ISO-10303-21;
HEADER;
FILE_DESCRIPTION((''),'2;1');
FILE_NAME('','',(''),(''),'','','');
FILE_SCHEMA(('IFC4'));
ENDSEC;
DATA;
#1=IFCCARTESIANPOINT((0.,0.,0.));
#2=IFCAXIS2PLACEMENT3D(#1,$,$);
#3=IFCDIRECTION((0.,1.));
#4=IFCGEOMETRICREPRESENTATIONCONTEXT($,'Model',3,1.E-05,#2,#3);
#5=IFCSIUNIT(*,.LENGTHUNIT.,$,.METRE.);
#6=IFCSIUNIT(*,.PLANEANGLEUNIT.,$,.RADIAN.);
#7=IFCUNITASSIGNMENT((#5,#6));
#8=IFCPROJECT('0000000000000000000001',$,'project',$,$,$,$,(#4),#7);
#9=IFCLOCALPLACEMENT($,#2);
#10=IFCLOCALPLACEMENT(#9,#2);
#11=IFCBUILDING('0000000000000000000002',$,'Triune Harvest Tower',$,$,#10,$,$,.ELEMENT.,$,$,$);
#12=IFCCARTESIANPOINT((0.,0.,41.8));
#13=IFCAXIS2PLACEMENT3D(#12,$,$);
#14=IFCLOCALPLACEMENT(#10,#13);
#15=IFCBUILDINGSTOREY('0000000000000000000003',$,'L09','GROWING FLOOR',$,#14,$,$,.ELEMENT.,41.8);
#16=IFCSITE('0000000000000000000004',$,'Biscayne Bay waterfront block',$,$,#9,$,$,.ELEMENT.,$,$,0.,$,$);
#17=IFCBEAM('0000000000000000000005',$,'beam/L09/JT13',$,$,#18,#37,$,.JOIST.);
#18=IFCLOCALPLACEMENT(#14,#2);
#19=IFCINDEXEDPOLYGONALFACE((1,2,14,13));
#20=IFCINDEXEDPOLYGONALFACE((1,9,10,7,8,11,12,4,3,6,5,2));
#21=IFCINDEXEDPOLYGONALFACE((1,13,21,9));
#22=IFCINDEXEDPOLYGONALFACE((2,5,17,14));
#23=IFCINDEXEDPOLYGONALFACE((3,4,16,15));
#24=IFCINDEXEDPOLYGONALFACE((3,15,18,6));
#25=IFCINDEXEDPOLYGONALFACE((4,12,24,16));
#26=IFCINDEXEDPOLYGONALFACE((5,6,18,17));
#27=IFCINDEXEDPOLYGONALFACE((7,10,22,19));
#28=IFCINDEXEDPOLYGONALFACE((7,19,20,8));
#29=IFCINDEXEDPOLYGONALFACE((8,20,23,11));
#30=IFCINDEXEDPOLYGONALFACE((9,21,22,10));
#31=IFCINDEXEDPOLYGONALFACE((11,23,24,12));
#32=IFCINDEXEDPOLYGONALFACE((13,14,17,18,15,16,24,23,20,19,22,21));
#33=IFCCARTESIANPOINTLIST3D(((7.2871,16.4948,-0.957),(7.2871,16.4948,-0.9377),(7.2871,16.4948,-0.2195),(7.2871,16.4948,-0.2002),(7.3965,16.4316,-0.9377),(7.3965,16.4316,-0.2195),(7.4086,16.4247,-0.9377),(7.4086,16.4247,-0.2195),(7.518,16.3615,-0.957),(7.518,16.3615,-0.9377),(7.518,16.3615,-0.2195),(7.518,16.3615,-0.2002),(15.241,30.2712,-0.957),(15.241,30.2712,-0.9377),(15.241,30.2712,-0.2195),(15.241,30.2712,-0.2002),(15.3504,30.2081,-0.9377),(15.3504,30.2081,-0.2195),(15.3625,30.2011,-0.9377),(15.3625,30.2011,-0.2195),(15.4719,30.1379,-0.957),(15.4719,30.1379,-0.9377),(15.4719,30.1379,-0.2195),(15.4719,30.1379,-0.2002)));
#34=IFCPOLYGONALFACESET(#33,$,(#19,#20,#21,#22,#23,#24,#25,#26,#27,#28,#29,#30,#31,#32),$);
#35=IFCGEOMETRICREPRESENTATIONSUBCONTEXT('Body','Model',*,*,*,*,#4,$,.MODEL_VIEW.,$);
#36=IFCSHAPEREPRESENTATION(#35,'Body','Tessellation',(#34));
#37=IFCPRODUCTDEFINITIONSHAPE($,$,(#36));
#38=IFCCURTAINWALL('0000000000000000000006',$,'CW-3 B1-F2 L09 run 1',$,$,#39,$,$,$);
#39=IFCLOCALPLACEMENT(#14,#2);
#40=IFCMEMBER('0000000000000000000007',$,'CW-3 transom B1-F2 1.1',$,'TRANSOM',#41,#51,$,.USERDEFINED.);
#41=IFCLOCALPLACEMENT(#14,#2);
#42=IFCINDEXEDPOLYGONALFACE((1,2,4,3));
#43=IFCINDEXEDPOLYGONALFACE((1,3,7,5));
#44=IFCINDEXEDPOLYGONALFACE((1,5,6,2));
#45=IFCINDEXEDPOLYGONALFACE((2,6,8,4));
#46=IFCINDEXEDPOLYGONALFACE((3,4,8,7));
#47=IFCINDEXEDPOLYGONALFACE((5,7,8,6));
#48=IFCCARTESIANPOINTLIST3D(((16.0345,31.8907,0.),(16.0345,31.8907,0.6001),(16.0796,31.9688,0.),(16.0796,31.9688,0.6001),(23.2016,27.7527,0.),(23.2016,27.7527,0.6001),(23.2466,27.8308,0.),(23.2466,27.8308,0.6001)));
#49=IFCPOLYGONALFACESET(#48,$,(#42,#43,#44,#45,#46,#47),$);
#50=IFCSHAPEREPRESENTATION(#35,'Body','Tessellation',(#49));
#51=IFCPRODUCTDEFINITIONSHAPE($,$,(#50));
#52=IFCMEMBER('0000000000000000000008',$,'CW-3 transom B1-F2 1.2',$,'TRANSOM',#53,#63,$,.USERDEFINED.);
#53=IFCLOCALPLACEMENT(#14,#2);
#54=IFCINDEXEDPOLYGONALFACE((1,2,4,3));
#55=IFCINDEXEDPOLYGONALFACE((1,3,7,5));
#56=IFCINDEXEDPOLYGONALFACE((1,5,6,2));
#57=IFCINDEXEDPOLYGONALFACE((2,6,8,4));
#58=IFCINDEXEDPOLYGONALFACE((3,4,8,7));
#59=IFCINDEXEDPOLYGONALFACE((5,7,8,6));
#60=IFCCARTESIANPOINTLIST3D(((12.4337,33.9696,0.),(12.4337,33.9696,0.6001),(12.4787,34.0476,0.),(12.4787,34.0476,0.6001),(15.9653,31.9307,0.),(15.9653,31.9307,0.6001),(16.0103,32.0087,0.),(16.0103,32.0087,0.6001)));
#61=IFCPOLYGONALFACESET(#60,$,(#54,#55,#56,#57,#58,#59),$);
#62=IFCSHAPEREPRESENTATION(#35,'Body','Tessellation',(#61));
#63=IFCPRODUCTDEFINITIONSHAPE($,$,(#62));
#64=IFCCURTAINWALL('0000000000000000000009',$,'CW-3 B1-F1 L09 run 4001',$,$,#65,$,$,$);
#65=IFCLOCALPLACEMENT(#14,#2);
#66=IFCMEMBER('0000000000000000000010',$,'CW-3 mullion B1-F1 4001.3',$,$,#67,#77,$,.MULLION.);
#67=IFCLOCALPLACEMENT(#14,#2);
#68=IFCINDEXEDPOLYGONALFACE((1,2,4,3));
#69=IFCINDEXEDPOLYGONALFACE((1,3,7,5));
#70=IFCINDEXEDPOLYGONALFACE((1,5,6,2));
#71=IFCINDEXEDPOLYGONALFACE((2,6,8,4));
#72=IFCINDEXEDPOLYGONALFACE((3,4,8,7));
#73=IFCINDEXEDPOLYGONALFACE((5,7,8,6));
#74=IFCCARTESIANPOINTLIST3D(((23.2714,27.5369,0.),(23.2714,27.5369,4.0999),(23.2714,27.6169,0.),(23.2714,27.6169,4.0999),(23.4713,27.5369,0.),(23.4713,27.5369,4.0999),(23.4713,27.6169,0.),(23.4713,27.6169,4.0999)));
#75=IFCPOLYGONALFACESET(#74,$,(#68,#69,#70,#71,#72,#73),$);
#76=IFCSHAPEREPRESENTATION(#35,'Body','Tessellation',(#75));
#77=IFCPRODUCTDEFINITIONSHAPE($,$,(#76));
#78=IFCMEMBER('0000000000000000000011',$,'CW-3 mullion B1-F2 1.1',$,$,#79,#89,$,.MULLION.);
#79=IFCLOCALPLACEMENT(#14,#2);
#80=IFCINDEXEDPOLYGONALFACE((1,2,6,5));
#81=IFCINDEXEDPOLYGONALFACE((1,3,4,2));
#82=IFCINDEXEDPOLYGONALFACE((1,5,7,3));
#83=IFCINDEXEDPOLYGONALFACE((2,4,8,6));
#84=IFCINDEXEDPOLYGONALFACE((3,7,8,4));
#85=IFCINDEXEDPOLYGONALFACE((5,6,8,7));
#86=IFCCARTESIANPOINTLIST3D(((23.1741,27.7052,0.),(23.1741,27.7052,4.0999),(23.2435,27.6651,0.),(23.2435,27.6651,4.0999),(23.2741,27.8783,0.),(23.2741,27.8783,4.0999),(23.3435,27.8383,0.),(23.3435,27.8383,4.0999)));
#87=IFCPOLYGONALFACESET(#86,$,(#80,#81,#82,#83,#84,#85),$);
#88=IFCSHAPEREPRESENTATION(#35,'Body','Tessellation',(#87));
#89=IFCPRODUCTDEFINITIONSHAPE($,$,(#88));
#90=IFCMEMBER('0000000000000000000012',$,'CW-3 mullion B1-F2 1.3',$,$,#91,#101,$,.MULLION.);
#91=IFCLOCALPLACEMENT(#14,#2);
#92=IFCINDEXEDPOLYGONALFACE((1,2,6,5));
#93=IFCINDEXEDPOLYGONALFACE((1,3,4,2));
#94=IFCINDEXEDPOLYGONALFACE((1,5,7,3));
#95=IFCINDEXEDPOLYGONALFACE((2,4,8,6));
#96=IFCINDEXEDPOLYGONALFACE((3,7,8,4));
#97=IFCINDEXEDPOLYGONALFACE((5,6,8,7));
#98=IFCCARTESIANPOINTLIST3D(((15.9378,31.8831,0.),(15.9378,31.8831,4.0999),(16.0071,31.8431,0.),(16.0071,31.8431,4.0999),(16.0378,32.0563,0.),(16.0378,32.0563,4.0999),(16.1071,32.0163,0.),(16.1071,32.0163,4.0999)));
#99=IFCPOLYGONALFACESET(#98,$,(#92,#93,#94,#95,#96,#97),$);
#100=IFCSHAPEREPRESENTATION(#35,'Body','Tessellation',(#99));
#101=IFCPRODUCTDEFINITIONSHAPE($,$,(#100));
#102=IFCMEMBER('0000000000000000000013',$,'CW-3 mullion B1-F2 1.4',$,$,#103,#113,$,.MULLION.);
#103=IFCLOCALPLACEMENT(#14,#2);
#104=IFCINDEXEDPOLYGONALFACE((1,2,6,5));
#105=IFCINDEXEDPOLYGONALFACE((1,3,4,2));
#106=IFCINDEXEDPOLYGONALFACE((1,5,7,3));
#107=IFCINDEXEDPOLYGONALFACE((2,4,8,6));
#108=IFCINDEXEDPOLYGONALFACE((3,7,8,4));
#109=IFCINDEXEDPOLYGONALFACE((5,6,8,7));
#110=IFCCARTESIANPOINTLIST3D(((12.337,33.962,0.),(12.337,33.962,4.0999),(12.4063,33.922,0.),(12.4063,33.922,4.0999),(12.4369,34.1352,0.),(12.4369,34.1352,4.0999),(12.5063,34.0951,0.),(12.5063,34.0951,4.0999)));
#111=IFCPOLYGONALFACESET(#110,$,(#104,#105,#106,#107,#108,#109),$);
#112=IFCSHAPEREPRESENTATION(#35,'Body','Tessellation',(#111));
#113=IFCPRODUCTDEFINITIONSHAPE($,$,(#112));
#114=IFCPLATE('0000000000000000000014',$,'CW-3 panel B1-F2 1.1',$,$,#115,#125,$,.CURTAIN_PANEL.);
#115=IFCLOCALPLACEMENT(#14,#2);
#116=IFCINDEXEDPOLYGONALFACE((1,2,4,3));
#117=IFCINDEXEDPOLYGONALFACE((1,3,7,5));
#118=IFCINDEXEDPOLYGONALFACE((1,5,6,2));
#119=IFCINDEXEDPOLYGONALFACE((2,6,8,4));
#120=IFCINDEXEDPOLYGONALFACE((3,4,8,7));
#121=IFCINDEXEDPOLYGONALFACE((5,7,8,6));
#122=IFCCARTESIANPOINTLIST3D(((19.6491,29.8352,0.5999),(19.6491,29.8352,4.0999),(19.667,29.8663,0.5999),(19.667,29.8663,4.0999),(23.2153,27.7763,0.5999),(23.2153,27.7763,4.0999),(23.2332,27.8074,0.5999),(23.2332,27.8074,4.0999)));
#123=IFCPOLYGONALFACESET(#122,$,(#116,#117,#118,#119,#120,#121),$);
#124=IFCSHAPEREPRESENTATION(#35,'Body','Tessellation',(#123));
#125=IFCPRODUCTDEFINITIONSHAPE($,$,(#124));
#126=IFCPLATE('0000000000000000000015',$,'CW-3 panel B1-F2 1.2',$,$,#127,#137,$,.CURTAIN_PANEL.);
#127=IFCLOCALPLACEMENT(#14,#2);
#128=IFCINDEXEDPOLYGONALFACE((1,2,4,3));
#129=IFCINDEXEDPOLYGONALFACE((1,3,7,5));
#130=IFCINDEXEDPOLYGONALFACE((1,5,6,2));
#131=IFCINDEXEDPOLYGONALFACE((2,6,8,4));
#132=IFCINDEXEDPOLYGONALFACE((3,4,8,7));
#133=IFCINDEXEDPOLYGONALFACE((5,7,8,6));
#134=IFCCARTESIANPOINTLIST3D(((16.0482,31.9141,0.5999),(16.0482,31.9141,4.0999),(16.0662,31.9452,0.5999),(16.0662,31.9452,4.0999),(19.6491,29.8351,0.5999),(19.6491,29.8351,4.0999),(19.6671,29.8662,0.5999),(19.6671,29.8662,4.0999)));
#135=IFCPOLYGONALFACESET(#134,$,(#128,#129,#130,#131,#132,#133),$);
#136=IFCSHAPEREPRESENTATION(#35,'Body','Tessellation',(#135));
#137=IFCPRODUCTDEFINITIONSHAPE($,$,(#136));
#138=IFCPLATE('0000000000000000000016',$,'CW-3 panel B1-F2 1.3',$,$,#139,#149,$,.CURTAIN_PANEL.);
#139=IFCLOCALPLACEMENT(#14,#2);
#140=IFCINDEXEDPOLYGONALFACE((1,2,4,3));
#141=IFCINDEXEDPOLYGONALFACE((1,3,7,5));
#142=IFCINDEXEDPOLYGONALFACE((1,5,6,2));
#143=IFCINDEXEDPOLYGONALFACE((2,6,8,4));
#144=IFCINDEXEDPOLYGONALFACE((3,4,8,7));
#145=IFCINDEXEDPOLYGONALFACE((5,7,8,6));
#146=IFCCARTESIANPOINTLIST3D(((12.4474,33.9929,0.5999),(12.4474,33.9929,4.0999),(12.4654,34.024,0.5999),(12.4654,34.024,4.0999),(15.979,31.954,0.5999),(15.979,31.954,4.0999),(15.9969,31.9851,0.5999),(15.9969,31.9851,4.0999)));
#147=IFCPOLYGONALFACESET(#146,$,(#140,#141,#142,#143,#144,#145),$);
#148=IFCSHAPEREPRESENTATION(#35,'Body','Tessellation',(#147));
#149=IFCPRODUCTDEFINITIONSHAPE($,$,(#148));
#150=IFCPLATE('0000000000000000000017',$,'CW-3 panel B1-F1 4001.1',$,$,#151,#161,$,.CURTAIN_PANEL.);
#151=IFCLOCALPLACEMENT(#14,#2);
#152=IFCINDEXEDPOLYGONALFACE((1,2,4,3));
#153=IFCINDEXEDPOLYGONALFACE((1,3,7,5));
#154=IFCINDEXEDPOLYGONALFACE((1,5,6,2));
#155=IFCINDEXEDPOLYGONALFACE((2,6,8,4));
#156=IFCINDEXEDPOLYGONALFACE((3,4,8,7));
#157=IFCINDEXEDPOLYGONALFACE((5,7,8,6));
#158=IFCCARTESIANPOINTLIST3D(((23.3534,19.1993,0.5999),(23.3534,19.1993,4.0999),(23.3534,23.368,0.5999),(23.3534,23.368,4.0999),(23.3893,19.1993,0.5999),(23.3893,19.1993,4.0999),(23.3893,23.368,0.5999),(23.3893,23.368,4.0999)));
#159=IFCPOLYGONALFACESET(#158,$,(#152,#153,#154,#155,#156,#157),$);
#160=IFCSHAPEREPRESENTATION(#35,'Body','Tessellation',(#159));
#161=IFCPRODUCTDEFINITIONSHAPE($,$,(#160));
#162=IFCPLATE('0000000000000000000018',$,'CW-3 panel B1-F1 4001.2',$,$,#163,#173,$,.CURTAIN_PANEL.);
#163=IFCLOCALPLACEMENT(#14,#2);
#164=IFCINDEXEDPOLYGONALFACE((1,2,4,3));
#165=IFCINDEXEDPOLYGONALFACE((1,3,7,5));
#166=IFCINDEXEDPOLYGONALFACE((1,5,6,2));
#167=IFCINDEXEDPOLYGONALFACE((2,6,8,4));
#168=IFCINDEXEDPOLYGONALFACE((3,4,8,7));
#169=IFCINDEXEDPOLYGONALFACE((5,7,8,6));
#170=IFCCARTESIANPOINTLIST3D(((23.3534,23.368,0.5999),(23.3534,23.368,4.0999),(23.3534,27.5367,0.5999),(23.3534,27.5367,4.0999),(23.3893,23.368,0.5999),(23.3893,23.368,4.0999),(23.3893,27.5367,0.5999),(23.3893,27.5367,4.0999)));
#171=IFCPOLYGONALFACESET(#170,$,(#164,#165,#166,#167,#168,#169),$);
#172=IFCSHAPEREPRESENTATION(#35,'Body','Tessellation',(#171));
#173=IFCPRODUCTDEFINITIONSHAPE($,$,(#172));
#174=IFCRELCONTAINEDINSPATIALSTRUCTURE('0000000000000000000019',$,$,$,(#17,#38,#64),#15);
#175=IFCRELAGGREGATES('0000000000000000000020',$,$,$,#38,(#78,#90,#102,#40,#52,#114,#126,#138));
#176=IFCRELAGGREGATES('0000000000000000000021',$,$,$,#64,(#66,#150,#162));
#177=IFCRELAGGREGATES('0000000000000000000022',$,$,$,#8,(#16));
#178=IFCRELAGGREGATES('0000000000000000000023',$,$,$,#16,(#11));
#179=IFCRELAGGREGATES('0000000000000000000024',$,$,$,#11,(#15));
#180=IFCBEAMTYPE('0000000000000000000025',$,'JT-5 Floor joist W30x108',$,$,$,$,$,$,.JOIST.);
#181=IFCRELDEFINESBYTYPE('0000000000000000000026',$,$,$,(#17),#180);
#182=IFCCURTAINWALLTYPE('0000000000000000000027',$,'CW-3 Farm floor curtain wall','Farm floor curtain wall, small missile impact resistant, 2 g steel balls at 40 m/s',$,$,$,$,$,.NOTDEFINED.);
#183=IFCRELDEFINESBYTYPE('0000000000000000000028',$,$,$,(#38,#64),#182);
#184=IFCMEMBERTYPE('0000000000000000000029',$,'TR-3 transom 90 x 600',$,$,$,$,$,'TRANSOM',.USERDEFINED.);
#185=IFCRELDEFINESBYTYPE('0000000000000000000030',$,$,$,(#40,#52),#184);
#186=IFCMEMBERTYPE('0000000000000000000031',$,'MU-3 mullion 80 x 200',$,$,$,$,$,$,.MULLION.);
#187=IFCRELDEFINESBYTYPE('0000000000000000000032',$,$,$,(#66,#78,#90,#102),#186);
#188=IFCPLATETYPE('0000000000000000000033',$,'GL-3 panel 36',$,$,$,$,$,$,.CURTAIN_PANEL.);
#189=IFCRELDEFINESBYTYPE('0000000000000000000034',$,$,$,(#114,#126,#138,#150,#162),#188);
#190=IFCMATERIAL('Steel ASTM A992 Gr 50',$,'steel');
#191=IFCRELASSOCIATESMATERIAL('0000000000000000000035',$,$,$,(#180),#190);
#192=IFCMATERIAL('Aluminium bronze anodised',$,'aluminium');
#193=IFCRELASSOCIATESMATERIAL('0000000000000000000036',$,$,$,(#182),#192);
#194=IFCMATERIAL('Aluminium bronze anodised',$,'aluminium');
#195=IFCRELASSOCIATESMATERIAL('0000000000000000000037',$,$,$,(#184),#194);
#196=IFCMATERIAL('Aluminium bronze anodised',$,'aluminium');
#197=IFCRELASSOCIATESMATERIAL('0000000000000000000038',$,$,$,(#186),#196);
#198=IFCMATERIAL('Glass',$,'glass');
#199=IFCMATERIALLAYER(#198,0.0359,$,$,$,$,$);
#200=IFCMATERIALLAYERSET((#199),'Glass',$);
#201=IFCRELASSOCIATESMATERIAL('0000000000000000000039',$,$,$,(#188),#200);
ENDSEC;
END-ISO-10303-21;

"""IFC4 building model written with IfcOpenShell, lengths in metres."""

from ifc_helpers import new_model, si_unit, direction, frame, origin, origin_2d, place, context, subcontext, project, spatial, rectangle, i_section, extrude, source, transform, mapped, material, layer, layer_set, material_profile, profile_set, type_object, element, aggregate, save


model = new_model("IFC4")

# Units and contexts
model_context = context("Model", 3, precision=1e-05, world=origin(), true_north=direction((0.0, 1.0)))
body_context = subcontext(model_context, "Body", "Model", "MODEL_VIEW")
ifc_project = project(units=[si_unit("LENGTHUNIT", "METRE"), si_unit("PLANEANGLEUNIT", "RADIAN")], contexts=[model_context])

# Site, building, storey
site_placement = place(None, origin())
site = spatial("IfcSite", under=ifc_project, at=site_placement, Name="Biscayne Bay waterfront block", CompositionType="ELEMENT", RefElevation=0.0)
building_placement = place(site_placement, origin())
building = spatial("IfcBuilding", under=site, at=building_placement, Name="Triune Harvest Tower", CompositionType="ELEMENT")
storey_placement = place(building_placement, frame((0.0, 0.0, 41.8)))
storey = spatial("IfcBuildingStorey", under=building, at=storey_placement, Name="L09", Description="GROWING FLOOR", CompositionType="ELEMENT", Elevation=41.8)

# Beam
ifc_material_1 = material(Name="Steel ASTM A992 Gr 50", Category="steel")
ifc_material_profile_1 = material_profile(ifc_material_1, i_section(OverallWidth=0.2666, OverallDepth=0.7568, WebThickness=0.0139, FlangeThickness=0.0193, at=origin_2d()), Name="W30x108")
ifc_profile_set_1 = profile_set([ifc_material_profile_1], Name="Steel ASTM A992 Gr 50")
beam_type_1 = type_object("IfcBeamType", Name="JT-5 Floor joist W30x108", PredefinedType="JOIST", material=ifc_profile_set_1)
shared_shape_1 = source(origin(), body_context, "Body", "SweptSolid", [
    extrude(i_section(OverallWidth=0.2666, OverallDepth=0.7568, WebThickness=0.0139, FlangeThickness=0.0193, at=origin_2d()), origin(), (0.0, 0.0, 1.0), 15.9077),
])
beam_1_placement = place(storey_placement, frame((15.3564, 30.2046, -0.5786), z_axis=(-0.500003, -0.866024, 0.0), x_axis=(0.866024, -0.500003, 0.0)))
element("IfcBeam", 1, at=beam_1_placement, inside=storey, type_object=beam_type_1, Name="beam/L09/JT13", PredefinedType="JOIST", context=body_context, shape_type="MappedRepresentation", body=[
    mapped(shared_shape_1, transform((0.0, 0.0, 0.0), scale=1.0)),
])

# Curtain wall, members
ifc_material_2 = material(Name="Aluminium bronze anodised", Category="aluminium")
curtain_wall_type = type_object("IfcCurtainWallType", Name="CW-3 Farm floor curtain wall", Description="Farm floor curtain wall, small missile impact resistant, 2 g steel balls at 40 m/s", PredefinedType="NOTDEFINED", material=ifc_material_2)
curtain_wall_1_placement = place(storey_placement, origin())
curtain_wall_1 = element("IfcCurtainWall", 2, at=curtain_wall_1_placement, inside=storey, type_object=curtain_wall_type, Name="CW-3 B1-F2 L09 run 1")
ifc_material_3 = material(Name="Aluminium bronze anodised", Category="aluminium")
ifc_material_profile_2 = material_profile(ifc_material_3, rectangle(XDim=0.0901, YDim=0.6001, at=origin_2d()), Name="TR-3 transom 90 x 600")
ifc_profile_set_2 = profile_set([ifc_material_profile_2], Name="Aluminium bronze anodised")
member_type_1 = type_object("IfcMemberType", Name="TR-3 transom 90 x 600", ElementType="TRANSOM", PredefinedType="USERDEFINED", material=ifc_profile_set_2)
shared_shape_2 = source(origin(), body_context, "Body", "SweptSolid", [
    extrude(rectangle(XDim=0.0901, YDim=0.6001, at=origin_2d()), origin(), (0.0, 0.0, 1.0), 8.2759),
])
member_1_placement = place(storey_placement, frame((23.2241, 27.7917, 0.3), z_axis=(-0.866022, 0.500007, 0.0), x_axis=(-0.500007, -0.866022, 0.0)))
member_1 = element("IfcMember", 3, at=member_1_placement, type_object=member_type_1, Name="CW-3 transom B1-F2 1.1", ObjectType="TRANSOM", PredefinedType="USERDEFINED", context=body_context, shape_type="MappedRepresentation", body=[
    mapped(shared_shape_2, transform((0.0, 0.0, 0.0), scale=1.0)),
])
shared_shape_3 = source(origin(), body_context, "Body", "SweptSolid", [
    extrude(rectangle(XDim=0.0901, YDim=0.6001, at=origin_2d()), origin(), (0.0, 0.0, 1.0), 4.0779),
])
member_2_placement = place(storey_placement, frame((15.9878, 31.9697, 0.3), z_axis=(-0.866035, 0.499983, 0.0), x_axis=(-0.499983, -0.866035, 0.0)))
member_2 = element("IfcMember", 4, at=member_2_placement, type_object=member_type_1, Name="CW-3 transom B1-F2 1.2", ObjectType="TRANSOM", PredefinedType="USERDEFINED", context=body_context, shape_type="MappedRepresentation", body=[
    mapped(shared_shape_3, transform((0.0, 0.0, 0.0), scale=1.0)),
])

# Curtain wall, member
curtain_wall_2_placement = place(storey_placement, origin())
curtain_wall_2 = element("IfcCurtainWall", 5, at=curtain_wall_2_placement, inside=storey, type_object=curtain_wall_type, Name="CW-3 B1-F1 L09 run 4001")
ifc_material_4 = material(Name="Aluminium bronze anodised", Category="aluminium")
ifc_material_profile_3 = material_profile(ifc_material_4, rectangle(XDim=0.2, YDim=0.0801, at=origin_2d()), Name="MU-3 mullion 80 x 200")
ifc_profile_set_3 = profile_set([ifc_material_profile_3], Name="Aluminium bronze anodised")
member_type_2 = type_object("IfcMemberType", Name="MU-3 mullion 80 x 200", PredefinedType="MULLION", material=ifc_profile_set_3)
shared_shape_4 = source(origin(), body_context, "Body", "SweptSolid", [
    extrude(rectangle(XDim=0.2, YDim=0.0801, at=origin_2d()), origin(), (0.0, 0.0, 1.0), 4.0999),
])
member_3_placement = place(storey_placement, frame((23.3713, 27.5769, 0.0), z_axis=(0.0, 0.0, 1.0), x_axis=(-1.0, 0.0, 0.0)))
member_3 = element("IfcMember", 6, at=member_3_placement, type_object=member_type_2, Name="CW-3 mullion B1-F1 4001.3", PredefinedType="MULLION", context=body_context, shape_type="MappedRepresentation", body=[
    mapped(shared_shape_4, transform((0.0, 0.0, 0.0), scale=1.0)),
])

# Members
member_4_placement = place(storey_placement, frame((23.2588, 27.7717, 0.0), z_axis=(0.0, 0.0, 1.0), x_axis=(-0.499999, -0.866026, 0.0)))
member_4 = element("IfcMember", 7, at=member_4_placement, type_object=member_type_2, Name="CW-3 mullion B1-F2 1.1", PredefinedType="MULLION", context=body_context, shape_type="MappedRepresentation", body=[
    mapped(shared_shape_4, transform((0.0, 0.0, 0.0), scale=1.0)),
])
member_5_placement = place(storey_placement, frame((16.0225, 31.9497, 0.0), z_axis=(0.0, 0.0, 1.0), x_axis=(-0.499999, -0.866026, 0.0)))
member_5 = element("IfcMember", 8, at=member_5_placement, type_object=member_type_2, Name="CW-3 mullion B1-F2 1.3", PredefinedType="MULLION", context=body_context, shape_type="MappedRepresentation", body=[
    mapped(shared_shape_4, transform((0.0, 0.0, 0.0), scale=1.0)),
])
member_6_placement = place(storey_placement, frame((12.4216, 34.0286, 0.0), z_axis=(0.0, 0.0, 1.0), x_axis=(-0.499999, -0.866026, 0.0)))
member_6 = element("IfcMember", 9, at=member_6_placement, type_object=member_type_2, Name="CW-3 mullion B1-F2 1.4", PredefinedType="MULLION", context=body_context, shape_type="MappedRepresentation", body=[
    mapped(shared_shape_4, transform((0.0, 0.0, 0.0), scale=1.0)),
])

# Plates
ifc_material_5 = material(Name="Glass", Category="glass")
ifc_layer_1 = layer(ifc_material_5, 0.0359)
ifc_layer_set_1 = layer_set([ifc_layer_1], Name="Glass")
plate_type = type_object("IfcPlateType", Name="GL-3 panel 36", PredefinedType="CURTAIN_PANEL", material=ifc_layer_set_1)
shared_shape_5 = source(origin(), body_context, "Body", "SweptSolid", [
    extrude(rectangle(XDim=4.1179, YDim=0.0359, at=origin_2d()), origin(), (0.0, 0.0, 1.0), 3.5),
])
plate_1_placement = place(storey_placement, frame((21.4412, 28.8213, 0.5999), z_axis=(0.0, 0.0, 1.0), x_axis=(-0.866026, 0.499999, 0.0)))
plate_1 = element("IfcPlate", 10, at=plate_1_placement, type_object=plate_type, Name="CW-3 panel B1-F2 1.1", PredefinedType="CURTAIN_PANEL", context=body_context, shape_type="MappedRepresentation", body=[
    mapped(shared_shape_5, transform((0.0, 0.0, 0.0), scale=1.0)),
])
shared_shape_6 = source(origin(), body_context, "Body", "SweptSolid", [
    extrude(rectangle(XDim=4.158, YDim=0.0359, at=origin_2d()), origin(), (0.0, 0.0, 1.0), 3.5),
])
plate_2_placement = place(storey_placement, frame((17.8577, 30.8901, 0.5999), z_axis=(0.0, 0.0, 1.0), x_axis=(-0.866026, 0.499999, 0.0)))
plate_2 = element("IfcPlate", 11, at=plate_2_placement, type_object=plate_type, Name="CW-3 panel B1-F2 1.2", PredefinedType="CURTAIN_PANEL", context=body_context, shape_type="MappedRepresentation", body=[
    mapped(shared_shape_6, transform((0.0, 0.0, 0.0), scale=1.0)),
])
shared_shape_7 = source(origin(), body_context, "Body", "SweptSolid", [
    extrude(rectangle(XDim=4.0779, YDim=0.0359, at=origin_2d()), origin(), (0.0, 0.0, 1.0), 3.5),
])
plate_3_placement = place(storey_placement, frame((14.2222, 32.989, 0.5999), z_axis=(0.0, 0.0, 1.0), x_axis=(-0.866026, 0.499999, 0.0)))
plate_3 = element("IfcPlate", 12, at=plate_3_placement, type_object=plate_type, Name="CW-3 panel B1-F2 1.3", PredefinedType="CURTAIN_PANEL", context=body_context, shape_type="MappedRepresentation", body=[
    mapped(shared_shape_7, transform((0.0, 0.0, 0.0), scale=1.0)),
])
aggregate(curtain_wall_1, [member_4, member_5, member_6, member_1, member_2, plate_1, plate_2, plate_3])
shared_shape_8 = source(origin(), body_context, "Body", "SweptSolid", [
    extrude(rectangle(XDim=4.1687, YDim=0.0359, at=origin_2d()), origin(), (0.0, 0.0, 1.0), 3.5),
])
plate_4_placement = place(storey_placement, frame((23.3713, 21.2837, 0.5999), z_axis=(0.0, 0.0, 1.0), x_axis=(0.0, 1.0, 0.0)))
plate_4 = element("IfcPlate", 13, at=plate_4_placement, type_object=plate_type, Name="CW-3 panel B1-F1 4001.1", PredefinedType="CURTAIN_PANEL", context=body_context, shape_type="MappedRepresentation", body=[
    mapped(shared_shape_8, transform((0.0, 0.0, 0.0), scale=1.0)),
])
plate_5_placement = place(storey_placement, frame((23.3713, 25.4524, 0.5999), z_axis=(0.0, 0.0, 1.0), x_axis=(0.0, 1.0, 0.0)))
plate_5 = element("IfcPlate", 14, at=plate_5_placement, type_object=plate_type, Name="CW-3 panel B1-F1 4001.2", PredefinedType="CURTAIN_PANEL", context=body_context, shape_type="MappedRepresentation", body=[
    mapped(shared_shape_8, transform((0.0, 0.0, 0.0), scale=1.0)),
])
aggregate(curtain_wall_2, [member_3, plate_4, plate_5])

save(model, "model.ifc")
